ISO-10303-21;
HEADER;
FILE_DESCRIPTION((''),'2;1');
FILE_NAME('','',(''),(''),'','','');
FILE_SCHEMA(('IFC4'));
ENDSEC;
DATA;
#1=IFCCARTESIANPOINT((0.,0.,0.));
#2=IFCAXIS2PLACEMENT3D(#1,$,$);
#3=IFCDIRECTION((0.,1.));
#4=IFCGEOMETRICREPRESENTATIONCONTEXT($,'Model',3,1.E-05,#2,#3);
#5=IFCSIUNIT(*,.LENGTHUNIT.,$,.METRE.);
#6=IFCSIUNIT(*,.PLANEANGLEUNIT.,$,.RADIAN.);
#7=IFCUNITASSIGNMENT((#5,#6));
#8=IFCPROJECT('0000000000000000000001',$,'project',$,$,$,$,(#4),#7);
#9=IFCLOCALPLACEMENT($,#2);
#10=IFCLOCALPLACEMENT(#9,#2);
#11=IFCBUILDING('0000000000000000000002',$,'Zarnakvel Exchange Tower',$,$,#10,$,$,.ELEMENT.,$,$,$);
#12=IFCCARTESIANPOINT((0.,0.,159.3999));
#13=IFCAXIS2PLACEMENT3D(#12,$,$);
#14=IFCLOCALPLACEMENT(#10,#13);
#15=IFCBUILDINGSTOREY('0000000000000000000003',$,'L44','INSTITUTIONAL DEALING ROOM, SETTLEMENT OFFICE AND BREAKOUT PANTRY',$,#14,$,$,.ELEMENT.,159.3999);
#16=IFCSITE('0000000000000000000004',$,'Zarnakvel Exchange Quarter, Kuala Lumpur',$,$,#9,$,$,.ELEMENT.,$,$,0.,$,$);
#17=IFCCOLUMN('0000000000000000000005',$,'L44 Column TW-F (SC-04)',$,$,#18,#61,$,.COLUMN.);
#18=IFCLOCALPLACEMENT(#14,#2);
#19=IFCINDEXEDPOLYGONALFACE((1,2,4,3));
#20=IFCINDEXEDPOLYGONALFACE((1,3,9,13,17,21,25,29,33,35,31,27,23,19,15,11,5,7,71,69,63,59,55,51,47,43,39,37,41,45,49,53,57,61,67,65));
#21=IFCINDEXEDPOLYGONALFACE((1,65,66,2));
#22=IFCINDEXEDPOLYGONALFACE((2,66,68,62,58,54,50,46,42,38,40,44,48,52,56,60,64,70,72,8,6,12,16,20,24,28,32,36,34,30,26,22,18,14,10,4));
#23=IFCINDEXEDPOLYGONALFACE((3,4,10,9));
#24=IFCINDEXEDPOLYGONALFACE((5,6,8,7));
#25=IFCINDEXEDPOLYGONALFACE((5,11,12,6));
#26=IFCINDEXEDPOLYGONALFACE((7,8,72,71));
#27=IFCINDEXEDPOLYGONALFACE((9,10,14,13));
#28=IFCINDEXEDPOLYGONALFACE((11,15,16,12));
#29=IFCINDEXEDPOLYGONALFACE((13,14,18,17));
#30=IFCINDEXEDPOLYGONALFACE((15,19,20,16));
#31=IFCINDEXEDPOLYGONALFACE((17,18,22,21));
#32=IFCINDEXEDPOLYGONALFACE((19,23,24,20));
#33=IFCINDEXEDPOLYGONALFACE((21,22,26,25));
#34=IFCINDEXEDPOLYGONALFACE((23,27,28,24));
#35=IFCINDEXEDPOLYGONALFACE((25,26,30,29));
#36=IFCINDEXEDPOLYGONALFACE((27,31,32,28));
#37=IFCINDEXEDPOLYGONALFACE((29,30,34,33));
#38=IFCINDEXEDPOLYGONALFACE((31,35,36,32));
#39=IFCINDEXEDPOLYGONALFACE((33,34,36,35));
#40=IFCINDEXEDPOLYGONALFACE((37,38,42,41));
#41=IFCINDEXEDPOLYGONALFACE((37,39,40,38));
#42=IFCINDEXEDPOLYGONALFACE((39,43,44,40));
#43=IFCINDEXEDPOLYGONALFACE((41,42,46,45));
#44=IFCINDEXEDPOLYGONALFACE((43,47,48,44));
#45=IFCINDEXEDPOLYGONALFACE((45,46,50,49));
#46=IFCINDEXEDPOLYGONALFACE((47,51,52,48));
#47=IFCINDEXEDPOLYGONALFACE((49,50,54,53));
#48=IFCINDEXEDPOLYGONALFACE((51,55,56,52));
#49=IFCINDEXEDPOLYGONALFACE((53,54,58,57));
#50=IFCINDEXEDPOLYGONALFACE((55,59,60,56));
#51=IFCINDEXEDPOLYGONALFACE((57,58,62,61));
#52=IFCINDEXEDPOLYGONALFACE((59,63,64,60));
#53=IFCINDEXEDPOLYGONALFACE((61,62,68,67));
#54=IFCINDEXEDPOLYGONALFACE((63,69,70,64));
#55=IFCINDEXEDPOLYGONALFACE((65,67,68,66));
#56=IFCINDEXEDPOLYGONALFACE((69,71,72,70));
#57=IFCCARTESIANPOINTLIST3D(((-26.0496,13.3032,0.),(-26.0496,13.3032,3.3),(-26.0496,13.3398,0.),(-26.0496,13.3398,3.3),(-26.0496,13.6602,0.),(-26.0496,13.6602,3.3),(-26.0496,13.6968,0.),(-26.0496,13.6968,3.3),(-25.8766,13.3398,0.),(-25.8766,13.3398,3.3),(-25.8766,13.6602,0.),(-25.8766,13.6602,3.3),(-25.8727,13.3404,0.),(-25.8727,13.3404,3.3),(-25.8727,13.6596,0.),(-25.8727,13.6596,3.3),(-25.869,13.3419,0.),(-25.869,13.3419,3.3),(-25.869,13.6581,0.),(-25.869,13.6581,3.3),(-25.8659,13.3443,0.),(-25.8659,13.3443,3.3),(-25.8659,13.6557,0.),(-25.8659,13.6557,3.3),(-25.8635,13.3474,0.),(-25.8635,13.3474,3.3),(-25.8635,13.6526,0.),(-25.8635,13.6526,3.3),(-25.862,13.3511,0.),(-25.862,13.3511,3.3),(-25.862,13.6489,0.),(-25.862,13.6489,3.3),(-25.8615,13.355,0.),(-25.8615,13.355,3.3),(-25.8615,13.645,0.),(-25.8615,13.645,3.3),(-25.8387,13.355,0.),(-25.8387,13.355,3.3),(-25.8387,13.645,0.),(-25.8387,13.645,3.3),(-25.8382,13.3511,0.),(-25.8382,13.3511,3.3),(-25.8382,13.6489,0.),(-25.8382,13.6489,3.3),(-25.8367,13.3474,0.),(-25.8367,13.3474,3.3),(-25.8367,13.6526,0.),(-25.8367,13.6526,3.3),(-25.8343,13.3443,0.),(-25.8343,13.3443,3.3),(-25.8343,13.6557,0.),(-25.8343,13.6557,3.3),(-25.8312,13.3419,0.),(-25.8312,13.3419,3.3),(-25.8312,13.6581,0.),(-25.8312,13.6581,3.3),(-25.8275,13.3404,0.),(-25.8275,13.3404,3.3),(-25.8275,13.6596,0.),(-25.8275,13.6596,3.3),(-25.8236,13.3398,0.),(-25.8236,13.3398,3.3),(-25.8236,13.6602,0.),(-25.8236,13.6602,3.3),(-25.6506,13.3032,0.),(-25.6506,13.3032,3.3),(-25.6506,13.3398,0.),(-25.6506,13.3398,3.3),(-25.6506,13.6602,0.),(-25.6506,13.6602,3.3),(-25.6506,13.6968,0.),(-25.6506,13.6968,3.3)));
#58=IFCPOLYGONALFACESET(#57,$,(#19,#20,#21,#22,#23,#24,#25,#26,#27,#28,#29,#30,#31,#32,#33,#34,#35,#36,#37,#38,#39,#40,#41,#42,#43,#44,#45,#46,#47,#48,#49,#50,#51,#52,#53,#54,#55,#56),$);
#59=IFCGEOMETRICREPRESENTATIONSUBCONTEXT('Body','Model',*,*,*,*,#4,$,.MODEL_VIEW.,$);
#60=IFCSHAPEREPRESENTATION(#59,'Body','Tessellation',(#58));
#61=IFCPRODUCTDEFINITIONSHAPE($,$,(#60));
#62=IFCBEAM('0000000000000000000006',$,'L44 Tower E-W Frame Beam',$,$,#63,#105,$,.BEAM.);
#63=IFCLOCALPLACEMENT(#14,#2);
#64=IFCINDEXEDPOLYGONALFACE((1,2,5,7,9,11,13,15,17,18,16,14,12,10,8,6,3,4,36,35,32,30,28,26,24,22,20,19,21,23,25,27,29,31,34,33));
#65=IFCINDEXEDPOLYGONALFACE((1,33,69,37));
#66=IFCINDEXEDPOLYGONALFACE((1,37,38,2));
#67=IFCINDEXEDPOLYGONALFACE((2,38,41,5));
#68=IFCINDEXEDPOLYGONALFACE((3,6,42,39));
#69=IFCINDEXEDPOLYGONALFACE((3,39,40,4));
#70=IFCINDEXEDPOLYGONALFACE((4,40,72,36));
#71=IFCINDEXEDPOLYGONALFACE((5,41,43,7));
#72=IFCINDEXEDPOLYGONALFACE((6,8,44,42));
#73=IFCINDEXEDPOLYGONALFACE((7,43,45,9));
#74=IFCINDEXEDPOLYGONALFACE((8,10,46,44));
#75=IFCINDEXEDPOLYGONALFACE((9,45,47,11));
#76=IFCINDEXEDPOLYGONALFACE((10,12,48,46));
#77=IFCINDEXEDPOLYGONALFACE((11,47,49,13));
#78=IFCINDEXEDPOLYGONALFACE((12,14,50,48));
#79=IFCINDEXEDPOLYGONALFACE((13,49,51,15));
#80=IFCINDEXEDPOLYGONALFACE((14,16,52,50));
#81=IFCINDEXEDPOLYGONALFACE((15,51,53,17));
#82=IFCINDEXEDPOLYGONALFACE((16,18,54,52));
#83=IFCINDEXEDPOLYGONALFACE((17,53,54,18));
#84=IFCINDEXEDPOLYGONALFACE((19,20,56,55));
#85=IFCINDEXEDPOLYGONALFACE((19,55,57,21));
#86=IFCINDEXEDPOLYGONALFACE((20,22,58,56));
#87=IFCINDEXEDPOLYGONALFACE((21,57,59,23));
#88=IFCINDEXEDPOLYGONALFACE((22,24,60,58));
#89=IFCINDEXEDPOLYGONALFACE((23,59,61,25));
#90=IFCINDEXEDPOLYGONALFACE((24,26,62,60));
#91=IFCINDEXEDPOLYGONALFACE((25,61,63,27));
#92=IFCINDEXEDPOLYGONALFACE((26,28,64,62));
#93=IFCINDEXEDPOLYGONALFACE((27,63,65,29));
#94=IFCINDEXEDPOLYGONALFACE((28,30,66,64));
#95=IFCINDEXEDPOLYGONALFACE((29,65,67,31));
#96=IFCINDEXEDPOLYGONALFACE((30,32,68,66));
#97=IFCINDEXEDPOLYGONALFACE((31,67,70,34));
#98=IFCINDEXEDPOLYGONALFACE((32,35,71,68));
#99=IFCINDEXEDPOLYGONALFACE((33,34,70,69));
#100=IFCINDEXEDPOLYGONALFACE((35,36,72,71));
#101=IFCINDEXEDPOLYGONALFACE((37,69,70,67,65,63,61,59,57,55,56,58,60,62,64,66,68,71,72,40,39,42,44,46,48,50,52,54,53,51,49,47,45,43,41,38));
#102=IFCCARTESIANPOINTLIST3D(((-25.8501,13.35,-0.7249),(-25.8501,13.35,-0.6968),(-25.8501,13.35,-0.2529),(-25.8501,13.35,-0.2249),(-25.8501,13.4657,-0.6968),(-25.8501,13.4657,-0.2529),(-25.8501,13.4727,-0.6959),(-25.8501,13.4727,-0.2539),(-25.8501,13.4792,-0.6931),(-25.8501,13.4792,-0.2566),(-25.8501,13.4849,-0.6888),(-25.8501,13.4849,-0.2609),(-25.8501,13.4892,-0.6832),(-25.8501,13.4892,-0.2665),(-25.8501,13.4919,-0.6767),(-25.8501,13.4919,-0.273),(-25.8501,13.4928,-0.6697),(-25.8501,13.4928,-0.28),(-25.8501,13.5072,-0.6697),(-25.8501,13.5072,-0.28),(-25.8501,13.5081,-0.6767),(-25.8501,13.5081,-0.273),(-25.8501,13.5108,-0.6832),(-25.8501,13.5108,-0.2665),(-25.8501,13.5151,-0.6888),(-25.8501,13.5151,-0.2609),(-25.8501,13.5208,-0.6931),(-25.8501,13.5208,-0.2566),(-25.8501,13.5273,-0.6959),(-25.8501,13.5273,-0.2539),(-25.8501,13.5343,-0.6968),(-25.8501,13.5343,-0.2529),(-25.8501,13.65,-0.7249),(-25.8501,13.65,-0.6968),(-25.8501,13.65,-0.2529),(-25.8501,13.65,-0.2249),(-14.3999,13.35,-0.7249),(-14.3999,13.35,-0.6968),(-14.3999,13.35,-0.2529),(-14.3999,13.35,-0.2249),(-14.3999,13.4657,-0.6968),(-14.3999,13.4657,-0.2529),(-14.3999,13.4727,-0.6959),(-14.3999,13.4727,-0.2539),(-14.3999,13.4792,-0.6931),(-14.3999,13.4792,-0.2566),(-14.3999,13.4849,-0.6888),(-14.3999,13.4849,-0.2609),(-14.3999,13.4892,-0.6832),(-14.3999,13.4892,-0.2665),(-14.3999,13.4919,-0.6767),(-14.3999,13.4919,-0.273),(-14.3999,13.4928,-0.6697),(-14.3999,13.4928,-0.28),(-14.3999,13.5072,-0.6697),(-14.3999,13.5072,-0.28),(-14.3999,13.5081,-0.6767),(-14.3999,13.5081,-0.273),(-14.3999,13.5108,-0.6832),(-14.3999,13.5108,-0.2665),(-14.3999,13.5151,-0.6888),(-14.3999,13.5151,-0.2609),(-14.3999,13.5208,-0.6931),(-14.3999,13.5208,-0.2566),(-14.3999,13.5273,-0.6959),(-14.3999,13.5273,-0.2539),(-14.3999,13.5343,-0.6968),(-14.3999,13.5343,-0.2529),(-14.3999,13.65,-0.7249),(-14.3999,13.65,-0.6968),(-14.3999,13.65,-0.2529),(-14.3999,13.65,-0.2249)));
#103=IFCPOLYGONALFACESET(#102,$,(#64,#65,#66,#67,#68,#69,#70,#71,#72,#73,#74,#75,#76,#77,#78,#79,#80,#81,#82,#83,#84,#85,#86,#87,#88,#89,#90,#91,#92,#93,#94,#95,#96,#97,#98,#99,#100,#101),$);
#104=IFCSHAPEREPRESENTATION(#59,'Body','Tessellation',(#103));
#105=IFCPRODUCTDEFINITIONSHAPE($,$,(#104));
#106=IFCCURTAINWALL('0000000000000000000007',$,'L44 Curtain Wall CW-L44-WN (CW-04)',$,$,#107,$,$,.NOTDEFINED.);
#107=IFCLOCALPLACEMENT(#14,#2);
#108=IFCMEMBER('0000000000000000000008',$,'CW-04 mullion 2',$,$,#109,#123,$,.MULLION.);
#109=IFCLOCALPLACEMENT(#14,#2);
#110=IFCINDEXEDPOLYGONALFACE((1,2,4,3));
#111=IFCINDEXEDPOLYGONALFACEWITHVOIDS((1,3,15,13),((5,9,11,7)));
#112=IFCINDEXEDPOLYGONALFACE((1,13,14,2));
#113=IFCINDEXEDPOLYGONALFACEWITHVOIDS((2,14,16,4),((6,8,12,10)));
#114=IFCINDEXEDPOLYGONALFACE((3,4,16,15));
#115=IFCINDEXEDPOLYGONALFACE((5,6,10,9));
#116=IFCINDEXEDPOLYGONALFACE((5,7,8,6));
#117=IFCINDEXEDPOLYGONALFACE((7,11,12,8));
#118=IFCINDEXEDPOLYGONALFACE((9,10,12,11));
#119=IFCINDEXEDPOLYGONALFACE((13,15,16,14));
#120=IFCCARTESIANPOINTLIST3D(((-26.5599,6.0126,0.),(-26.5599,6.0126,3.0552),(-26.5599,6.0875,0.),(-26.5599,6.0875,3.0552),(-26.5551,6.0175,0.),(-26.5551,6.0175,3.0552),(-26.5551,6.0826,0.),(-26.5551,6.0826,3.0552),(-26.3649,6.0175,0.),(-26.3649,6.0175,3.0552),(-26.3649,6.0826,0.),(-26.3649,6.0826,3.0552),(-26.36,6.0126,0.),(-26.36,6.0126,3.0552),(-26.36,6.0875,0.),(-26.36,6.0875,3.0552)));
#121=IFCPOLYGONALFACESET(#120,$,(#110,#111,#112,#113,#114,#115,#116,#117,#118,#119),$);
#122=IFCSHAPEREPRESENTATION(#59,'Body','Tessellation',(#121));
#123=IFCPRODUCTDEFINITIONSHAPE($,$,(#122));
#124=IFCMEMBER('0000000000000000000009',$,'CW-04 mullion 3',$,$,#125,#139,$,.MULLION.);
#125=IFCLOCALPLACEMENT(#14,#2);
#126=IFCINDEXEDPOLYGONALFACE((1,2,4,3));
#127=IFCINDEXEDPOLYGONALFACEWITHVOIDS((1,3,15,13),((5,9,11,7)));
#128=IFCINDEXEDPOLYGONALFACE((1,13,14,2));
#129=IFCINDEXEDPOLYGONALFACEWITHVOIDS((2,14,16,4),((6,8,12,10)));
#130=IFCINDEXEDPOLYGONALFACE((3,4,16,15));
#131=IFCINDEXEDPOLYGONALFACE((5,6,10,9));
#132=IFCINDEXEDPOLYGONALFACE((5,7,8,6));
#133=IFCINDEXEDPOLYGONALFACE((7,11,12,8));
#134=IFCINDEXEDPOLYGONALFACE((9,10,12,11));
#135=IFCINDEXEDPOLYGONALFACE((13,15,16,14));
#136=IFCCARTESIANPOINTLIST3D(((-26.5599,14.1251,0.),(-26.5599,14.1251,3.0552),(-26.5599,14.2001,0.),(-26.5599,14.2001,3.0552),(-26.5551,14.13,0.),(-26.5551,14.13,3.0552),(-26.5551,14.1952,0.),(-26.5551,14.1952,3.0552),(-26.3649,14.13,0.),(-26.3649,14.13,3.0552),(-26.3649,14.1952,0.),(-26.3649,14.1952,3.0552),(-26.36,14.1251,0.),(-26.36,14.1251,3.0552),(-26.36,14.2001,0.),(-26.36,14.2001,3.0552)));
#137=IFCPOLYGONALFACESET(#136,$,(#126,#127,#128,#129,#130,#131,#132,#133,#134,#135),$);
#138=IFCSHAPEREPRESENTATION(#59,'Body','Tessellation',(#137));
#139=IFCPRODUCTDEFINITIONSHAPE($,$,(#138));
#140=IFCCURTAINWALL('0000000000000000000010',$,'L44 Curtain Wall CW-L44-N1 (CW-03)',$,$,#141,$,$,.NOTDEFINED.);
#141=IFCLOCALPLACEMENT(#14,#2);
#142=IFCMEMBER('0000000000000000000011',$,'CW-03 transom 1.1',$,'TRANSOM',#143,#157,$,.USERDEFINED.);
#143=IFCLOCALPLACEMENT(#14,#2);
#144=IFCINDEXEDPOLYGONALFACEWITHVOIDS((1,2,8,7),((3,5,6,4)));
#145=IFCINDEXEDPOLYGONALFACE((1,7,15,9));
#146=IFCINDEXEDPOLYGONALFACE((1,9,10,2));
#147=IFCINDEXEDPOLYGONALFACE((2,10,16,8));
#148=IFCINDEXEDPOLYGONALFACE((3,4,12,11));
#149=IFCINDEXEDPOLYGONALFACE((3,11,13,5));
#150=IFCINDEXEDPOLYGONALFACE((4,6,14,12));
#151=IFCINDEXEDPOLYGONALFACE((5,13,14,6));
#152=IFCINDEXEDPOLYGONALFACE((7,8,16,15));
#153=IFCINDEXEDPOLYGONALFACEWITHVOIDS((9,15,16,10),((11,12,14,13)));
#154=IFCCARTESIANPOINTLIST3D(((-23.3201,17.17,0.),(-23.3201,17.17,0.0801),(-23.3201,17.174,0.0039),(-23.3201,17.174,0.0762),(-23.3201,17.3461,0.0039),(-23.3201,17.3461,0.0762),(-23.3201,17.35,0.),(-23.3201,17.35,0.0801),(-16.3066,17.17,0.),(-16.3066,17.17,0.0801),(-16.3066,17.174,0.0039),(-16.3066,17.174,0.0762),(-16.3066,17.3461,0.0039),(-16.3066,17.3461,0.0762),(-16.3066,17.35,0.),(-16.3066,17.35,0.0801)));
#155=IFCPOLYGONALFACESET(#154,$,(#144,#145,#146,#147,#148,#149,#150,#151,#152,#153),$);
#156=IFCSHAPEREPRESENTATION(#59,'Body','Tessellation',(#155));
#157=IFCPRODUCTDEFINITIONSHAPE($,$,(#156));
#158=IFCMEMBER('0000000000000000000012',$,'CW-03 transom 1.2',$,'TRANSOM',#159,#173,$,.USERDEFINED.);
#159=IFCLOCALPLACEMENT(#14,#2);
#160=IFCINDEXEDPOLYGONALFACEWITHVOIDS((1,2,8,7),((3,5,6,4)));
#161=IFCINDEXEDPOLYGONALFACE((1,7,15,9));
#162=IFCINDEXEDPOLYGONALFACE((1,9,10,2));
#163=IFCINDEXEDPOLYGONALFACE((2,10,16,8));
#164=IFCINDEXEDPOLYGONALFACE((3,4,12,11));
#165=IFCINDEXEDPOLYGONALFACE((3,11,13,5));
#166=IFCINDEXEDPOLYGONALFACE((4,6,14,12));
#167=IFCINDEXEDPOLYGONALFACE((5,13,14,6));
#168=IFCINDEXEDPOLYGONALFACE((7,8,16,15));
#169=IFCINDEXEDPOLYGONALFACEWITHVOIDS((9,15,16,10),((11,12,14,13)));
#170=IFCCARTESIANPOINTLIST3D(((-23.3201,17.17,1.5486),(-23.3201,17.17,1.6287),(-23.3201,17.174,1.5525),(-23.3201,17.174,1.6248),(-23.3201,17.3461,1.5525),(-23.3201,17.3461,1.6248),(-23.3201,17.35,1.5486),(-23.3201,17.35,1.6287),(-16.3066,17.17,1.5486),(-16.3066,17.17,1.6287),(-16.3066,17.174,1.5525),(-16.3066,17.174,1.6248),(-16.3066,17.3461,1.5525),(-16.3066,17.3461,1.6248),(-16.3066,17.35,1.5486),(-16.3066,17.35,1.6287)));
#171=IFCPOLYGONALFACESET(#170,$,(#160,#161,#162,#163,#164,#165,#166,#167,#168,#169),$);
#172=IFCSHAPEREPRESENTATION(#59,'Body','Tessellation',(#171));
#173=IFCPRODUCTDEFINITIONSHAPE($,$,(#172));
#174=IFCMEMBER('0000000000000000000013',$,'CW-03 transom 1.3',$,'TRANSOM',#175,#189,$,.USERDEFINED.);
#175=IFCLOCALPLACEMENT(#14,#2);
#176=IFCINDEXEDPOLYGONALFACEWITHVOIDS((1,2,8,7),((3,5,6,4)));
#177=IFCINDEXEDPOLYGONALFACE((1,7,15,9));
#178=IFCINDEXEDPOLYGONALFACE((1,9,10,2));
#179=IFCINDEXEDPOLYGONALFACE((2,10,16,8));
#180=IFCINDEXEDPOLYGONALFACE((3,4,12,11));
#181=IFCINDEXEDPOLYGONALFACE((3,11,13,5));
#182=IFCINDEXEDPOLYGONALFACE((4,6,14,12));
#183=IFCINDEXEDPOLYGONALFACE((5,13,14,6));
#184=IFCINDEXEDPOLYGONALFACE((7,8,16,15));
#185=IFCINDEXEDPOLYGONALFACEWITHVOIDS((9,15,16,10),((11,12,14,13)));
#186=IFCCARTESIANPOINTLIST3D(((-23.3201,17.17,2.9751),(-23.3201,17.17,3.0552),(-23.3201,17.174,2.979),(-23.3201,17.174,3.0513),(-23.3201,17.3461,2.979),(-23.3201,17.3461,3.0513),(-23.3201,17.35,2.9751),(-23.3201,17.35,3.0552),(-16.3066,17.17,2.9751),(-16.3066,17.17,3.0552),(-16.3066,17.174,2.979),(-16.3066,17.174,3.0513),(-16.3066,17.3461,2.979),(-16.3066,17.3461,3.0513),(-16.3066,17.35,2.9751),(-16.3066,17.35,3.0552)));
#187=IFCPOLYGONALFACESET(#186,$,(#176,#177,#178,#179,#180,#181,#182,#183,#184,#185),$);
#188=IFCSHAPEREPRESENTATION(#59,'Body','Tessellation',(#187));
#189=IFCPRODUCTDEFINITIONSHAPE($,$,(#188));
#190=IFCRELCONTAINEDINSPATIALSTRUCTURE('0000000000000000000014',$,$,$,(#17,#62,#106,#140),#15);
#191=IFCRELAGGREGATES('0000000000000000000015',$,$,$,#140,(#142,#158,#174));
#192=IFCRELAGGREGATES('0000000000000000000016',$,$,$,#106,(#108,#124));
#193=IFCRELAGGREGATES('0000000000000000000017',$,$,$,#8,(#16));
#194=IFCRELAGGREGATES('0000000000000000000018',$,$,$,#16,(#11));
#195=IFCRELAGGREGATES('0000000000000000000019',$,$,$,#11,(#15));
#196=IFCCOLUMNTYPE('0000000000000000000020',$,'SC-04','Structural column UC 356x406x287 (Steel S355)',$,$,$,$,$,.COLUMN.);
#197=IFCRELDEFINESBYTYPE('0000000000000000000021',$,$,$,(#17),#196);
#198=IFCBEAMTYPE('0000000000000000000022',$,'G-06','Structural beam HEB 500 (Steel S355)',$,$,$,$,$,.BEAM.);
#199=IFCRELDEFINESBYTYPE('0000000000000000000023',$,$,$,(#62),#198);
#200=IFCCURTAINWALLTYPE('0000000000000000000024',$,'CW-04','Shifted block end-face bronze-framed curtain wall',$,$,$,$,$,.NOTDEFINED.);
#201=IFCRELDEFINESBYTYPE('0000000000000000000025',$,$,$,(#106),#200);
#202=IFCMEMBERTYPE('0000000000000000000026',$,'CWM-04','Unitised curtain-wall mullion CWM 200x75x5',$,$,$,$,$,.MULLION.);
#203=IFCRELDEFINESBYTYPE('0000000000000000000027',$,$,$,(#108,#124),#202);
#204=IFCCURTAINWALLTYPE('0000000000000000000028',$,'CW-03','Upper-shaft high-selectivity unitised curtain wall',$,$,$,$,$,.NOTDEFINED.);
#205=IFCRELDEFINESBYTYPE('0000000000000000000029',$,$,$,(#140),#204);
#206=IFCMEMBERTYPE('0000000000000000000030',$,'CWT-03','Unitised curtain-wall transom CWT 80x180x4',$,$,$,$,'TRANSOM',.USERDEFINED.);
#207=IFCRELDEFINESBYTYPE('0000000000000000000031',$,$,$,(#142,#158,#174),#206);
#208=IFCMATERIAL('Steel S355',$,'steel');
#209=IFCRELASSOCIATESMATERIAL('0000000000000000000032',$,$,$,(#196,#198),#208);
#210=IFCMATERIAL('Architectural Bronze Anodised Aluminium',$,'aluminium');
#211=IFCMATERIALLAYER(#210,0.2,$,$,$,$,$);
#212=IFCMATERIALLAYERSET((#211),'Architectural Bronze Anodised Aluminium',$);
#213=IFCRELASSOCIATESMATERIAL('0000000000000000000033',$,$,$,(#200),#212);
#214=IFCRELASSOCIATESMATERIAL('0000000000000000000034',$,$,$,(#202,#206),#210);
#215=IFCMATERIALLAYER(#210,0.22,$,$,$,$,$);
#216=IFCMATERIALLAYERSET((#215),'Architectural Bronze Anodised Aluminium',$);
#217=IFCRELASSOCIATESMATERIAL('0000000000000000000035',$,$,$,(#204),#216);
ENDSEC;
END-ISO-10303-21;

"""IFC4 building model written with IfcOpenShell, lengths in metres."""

from ifc_helpers import new_model, si_unit, direction, frame, origin, origin_2d, place, context, subcontext, project, spatial, hollow_rectangle, i_section, extrude, source, transform, mapped, material, layer, layer_set, material_profile, profile_set, type_object, element, aggregate, save


model = new_model("IFC4")

# Units and contexts
model_context = context("Model", 3, precision=1e-05, world=origin(), true_north=direction((0.0, 1.0)))
body_context = subcontext(model_context, "Body", "Model", "MODEL_VIEW")
ifc_project = project(units=[si_unit("LENGTHUNIT", "METRE"), si_unit("PLANEANGLEUNIT", "RADIAN")], contexts=[model_context])

# Site, building, storey
site_placement = place(None, origin())
site = spatial("IfcSite", under=ifc_project, at=site_placement, Name="Zarnakvel Exchange Quarter, Kuala Lumpur", CompositionType="ELEMENT", RefElevation=0.0)
building_placement = place(site_placement, origin())
building = spatial("IfcBuilding", under=site, at=building_placement, Name="Zarnakvel Exchange Tower", CompositionType="ELEMENT")
storey_placement = place(building_placement, frame((0.0, 0.0, 159.3999)))
storey = spatial("IfcBuildingStorey", under=building, at=storey_placement, Name="L44", Description="INSTITUTIONAL DEALING ROOM, SETTLEMENT OFFICE AND BREAKOUT PANTRY", CompositionType="ELEMENT", Elevation=159.3999)

# Column
ifc_material_1 = material(Name="Steel S355", Category="steel")
ifc_material_profile_1 = material_profile(ifc_material_1, i_section(OverallWidth=0.3989, OverallDepth=0.3936, WebThickness=0.0227, FlangeThickness=0.0366, FilletRadius=0.0151, at=origin_2d()))
ifc_profile_set_1 = profile_set([ifc_material_profile_1], Name="Steel S355")
column_type = type_object("IfcColumnType", Name="SC-04", Description="Structural column UC 356x406x287 (Steel S355)", PredefinedType="COLUMN", material=ifc_profile_set_1)
column_placement = place(storey_placement, frame((-25.8501, 13.5, 0.0), z_axis=(0.0, 0.0, 1.0), x_axis=(1.0, 0.0, 0.0)))
element("IfcColumn", 1, at=column_placement, inside=storey, type_object=column_type, Name="L44 Column TW-F (SC-04)", PredefinedType="COLUMN", context=body_context, shape_type="SweptSolid", body=[
    extrude(i_section(OverallWidth=0.3989, OverallDepth=0.3936, WebThickness=0.0227, FlangeThickness=0.0366, FilletRadius=0.0151, at=origin_2d()), origin(), (0.0, 0.0, 1.0), 3.3),
])

# Beam
ifc_material_profile_2 = material_profile(ifc_material_1, i_section(OverallWidth=0.3, OverallDepth=0.5, WebThickness=0.0144, FlangeThickness=0.0281, FilletRadius=0.0271, at=origin_2d()))
ifc_profile_set_2 = profile_set([ifc_material_profile_2], Name="Steel S355")
beam_type = type_object("IfcBeamType", Name="G-06", Description="Structural beam HEB 500 (Steel S355)", PredefinedType="BEAM", material=ifc_profile_set_2)
beam_placement = place(storey_placement, frame((-25.8501, 13.5, -0.4749), z_axis=(1.0, 0.0, 0.0), x_axis=(0.0, 1.0, 0.0)))
element("IfcBeam", 2, at=beam_placement, inside=storey, type_object=beam_type, Name="L44 Tower E-W Frame Beam", PredefinedType="BEAM", context=body_context, shape_type="SweptSolid", body=[
    extrude(i_section(OverallWidth=0.3, OverallDepth=0.5, WebThickness=0.0144, FlangeThickness=0.0281, FilletRadius=0.0271, at=origin_2d()), origin(), (0.0, 0.0, 1.0), 11.4502),
])

# Curtain walls, members
ifc_material_2 = material(Name="Architectural Bronze Anodised Aluminium", Category="aluminium")
ifc_layer_1 = layer(ifc_material_2, 0.2)
ifc_layer_set_1 = layer_set([ifc_layer_1], Name="Architectural Bronze Anodised Aluminium")
curtain_wall_type_1 = type_object("IfcCurtainWallType", Name="CW-04", Description="Shifted block end-face bronze-framed curtain wall", PredefinedType="NOTDEFINED", material=ifc_layer_set_1)
curtain_wall_1_placement = place(storey_placement, origin())
curtain_wall_1 = element("IfcCurtainWall", 3, at=curtain_wall_1_placement, inside=storey, type_object=curtain_wall_type_1, Name="L44 Curtain Wall CW-L44-WN (CW-04)", PredefinedType="NOTDEFINED")
ifc_material_profile_3 = material_profile(ifc_material_2, hollow_rectangle(XDim=0.2, YDim=0.075, WallThickness=0.0049, at=origin_2d()))
ifc_profile_set_3 = profile_set([ifc_material_profile_3], Name="Architectural Bronze Anodised Aluminium")
member_type_1 = type_object("IfcMemberType", Name="CWM-04", Description="Unitised curtain-wall mullion CWM 200x75x5", PredefinedType="MULLION", material=ifc_profile_set_3)
shared_shape_1 = source(origin(), body_context, "Body", "SweptSolid", [
    extrude(hollow_rectangle(XDim=0.2, YDim=0.075, WallThickness=0.0049, at=origin_2d()), origin(), (0.0, 0.0, 1.0), 3.0552),
])
member_1_placement = place(storey_placement, frame((-26.46, 6.05, 0.0), z_axis=(0.0, 0.0, 1.0), x_axis=(-1.0, 0.0, 0.0)))
member_1 = element("IfcMember", 4, at=member_1_placement, type_object=member_type_1, Name="CW-04 mullion 2", PredefinedType="MULLION", context=body_context, shape_type="MappedRepresentation", body=[
    mapped(shared_shape_1, transform((0.0, 0.0, 0.0), x_axis=(1.0, 0.0, 0.0), y_axis=(0.0, 1.0, 0.0), z_axis=(0.0, 0.0, 1.0), scale=1.0)),
])
member_2_placement = place(storey_placement, frame((-26.46, 14.1626, 0.0), z_axis=(0.0, 0.0, 1.0), x_axis=(-1.0, 0.0, 0.0)))
member_2 = element("IfcMember", 5, at=member_2_placement, type_object=member_type_1, Name="CW-04 mullion 3", PredefinedType="MULLION", context=body_context, shape_type="MappedRepresentation", body=[
    mapped(shared_shape_1, transform((0.0, 0.0, 0.0), x_axis=(1.0, 0.0, 0.0), y_axis=(0.0, 1.0, 0.0), z_axis=(0.0, 0.0, 1.0), scale=1.0)),
])
ifc_layer_2 = layer(ifc_material_2, 0.22)
ifc_layer_set_2 = layer_set([ifc_layer_2], Name="Architectural Bronze Anodised Aluminium")
curtain_wall_type_2 = type_object("IfcCurtainWallType", Name="CW-03", Description="Upper-shaft high-selectivity unitised curtain wall", PredefinedType="NOTDEFINED", material=ifc_layer_set_2)
curtain_wall_2_placement = place(storey_placement, origin())
curtain_wall_2 = element("IfcCurtainWall", 6, at=curtain_wall_2_placement, inside=storey, type_object=curtain_wall_type_2, Name="L44 Curtain Wall CW-L44-N1 (CW-03)", PredefinedType="NOTDEFINED")
ifc_material_profile_4 = material_profile(ifc_material_2, hollow_rectangle(XDim=0.1799, YDim=0.0801, WallThickness=0.0039, at=origin_2d()))
ifc_profile_set_4 = profile_set([ifc_material_profile_4], Name="Architectural Bronze Anodised Aluminium")
member_type_2 = type_object("IfcMemberType", Name="CWT-03", Description="Unitised curtain-wall transom CWT 80x180x4", ElementType="TRANSOM", PredefinedType="USERDEFINED", material=ifc_profile_set_4)
shared_shape_2 = source(origin(), body_context, "Body", "SweptSolid", [
    extrude(hollow_rectangle(XDim=0.1799, YDim=0.0801, WallThickness=0.0039, at=origin_2d()), origin(), (0.0, 0.0, 1.0), 7.0134),
])
member_3_placement = place(storey_placement, frame((-23.3201, 17.26, 0.04), z_axis=(1.0, 0.0, 0.0), x_axis=(0.0, 1.0, 0.0)))
member_3 = element("IfcMember", 7, at=member_3_placement, type_object=member_type_2, Name="CW-03 transom 1.1", ObjectType="TRANSOM", PredefinedType="USERDEFINED", context=body_context, shape_type="MappedRepresentation", body=[
    mapped(shared_shape_2, transform((0.0, 0.0, 0.0), x_axis=(1.0, 0.0, 0.0), y_axis=(0.0, 1.0, 0.0), z_axis=(0.0, 0.0, 1.0), scale=1.0)),
])
member_4_placement = place(storey_placement, frame((-23.3201, 17.26, 1.5886), z_axis=(1.0, 0.0, 0.0), x_axis=(0.0, 1.0, 0.0)))
member_4 = element("IfcMember", 8, at=member_4_placement, type_object=member_type_2, Name="CW-03 transom 1.2", ObjectType="TRANSOM", PredefinedType="USERDEFINED", context=body_context, shape_type="MappedRepresentation", body=[
    mapped(shared_shape_2, transform((0.0, 0.0, 0.0), x_axis=(1.0, 0.0, 0.0), y_axis=(0.0, 1.0, 0.0), z_axis=(0.0, 0.0, 1.0), scale=1.0)),
])
member_5_placement = place(storey_placement, frame((-23.3201, 17.26, 3.0151), z_axis=(1.0, 0.0, 0.0), x_axis=(0.0, 1.0, 0.0)))
member_5 = element("IfcMember", 9, at=member_5_placement, type_object=member_type_2, Name="CW-03 transom 1.3", ObjectType="TRANSOM", PredefinedType="USERDEFINED", context=body_context, shape_type="MappedRepresentation", body=[
    mapped(shared_shape_2, transform((0.0, 0.0, 0.0), x_axis=(1.0, 0.0, 0.0), y_axis=(0.0, 1.0, 0.0), z_axis=(0.0, 0.0, 1.0), scale=1.0)),
])

aggregate(curtain_wall_2, [member_3, member_4, member_5])
aggregate(curtain_wall_1, [member_1, member_2])

save(model, "model.ifc")
